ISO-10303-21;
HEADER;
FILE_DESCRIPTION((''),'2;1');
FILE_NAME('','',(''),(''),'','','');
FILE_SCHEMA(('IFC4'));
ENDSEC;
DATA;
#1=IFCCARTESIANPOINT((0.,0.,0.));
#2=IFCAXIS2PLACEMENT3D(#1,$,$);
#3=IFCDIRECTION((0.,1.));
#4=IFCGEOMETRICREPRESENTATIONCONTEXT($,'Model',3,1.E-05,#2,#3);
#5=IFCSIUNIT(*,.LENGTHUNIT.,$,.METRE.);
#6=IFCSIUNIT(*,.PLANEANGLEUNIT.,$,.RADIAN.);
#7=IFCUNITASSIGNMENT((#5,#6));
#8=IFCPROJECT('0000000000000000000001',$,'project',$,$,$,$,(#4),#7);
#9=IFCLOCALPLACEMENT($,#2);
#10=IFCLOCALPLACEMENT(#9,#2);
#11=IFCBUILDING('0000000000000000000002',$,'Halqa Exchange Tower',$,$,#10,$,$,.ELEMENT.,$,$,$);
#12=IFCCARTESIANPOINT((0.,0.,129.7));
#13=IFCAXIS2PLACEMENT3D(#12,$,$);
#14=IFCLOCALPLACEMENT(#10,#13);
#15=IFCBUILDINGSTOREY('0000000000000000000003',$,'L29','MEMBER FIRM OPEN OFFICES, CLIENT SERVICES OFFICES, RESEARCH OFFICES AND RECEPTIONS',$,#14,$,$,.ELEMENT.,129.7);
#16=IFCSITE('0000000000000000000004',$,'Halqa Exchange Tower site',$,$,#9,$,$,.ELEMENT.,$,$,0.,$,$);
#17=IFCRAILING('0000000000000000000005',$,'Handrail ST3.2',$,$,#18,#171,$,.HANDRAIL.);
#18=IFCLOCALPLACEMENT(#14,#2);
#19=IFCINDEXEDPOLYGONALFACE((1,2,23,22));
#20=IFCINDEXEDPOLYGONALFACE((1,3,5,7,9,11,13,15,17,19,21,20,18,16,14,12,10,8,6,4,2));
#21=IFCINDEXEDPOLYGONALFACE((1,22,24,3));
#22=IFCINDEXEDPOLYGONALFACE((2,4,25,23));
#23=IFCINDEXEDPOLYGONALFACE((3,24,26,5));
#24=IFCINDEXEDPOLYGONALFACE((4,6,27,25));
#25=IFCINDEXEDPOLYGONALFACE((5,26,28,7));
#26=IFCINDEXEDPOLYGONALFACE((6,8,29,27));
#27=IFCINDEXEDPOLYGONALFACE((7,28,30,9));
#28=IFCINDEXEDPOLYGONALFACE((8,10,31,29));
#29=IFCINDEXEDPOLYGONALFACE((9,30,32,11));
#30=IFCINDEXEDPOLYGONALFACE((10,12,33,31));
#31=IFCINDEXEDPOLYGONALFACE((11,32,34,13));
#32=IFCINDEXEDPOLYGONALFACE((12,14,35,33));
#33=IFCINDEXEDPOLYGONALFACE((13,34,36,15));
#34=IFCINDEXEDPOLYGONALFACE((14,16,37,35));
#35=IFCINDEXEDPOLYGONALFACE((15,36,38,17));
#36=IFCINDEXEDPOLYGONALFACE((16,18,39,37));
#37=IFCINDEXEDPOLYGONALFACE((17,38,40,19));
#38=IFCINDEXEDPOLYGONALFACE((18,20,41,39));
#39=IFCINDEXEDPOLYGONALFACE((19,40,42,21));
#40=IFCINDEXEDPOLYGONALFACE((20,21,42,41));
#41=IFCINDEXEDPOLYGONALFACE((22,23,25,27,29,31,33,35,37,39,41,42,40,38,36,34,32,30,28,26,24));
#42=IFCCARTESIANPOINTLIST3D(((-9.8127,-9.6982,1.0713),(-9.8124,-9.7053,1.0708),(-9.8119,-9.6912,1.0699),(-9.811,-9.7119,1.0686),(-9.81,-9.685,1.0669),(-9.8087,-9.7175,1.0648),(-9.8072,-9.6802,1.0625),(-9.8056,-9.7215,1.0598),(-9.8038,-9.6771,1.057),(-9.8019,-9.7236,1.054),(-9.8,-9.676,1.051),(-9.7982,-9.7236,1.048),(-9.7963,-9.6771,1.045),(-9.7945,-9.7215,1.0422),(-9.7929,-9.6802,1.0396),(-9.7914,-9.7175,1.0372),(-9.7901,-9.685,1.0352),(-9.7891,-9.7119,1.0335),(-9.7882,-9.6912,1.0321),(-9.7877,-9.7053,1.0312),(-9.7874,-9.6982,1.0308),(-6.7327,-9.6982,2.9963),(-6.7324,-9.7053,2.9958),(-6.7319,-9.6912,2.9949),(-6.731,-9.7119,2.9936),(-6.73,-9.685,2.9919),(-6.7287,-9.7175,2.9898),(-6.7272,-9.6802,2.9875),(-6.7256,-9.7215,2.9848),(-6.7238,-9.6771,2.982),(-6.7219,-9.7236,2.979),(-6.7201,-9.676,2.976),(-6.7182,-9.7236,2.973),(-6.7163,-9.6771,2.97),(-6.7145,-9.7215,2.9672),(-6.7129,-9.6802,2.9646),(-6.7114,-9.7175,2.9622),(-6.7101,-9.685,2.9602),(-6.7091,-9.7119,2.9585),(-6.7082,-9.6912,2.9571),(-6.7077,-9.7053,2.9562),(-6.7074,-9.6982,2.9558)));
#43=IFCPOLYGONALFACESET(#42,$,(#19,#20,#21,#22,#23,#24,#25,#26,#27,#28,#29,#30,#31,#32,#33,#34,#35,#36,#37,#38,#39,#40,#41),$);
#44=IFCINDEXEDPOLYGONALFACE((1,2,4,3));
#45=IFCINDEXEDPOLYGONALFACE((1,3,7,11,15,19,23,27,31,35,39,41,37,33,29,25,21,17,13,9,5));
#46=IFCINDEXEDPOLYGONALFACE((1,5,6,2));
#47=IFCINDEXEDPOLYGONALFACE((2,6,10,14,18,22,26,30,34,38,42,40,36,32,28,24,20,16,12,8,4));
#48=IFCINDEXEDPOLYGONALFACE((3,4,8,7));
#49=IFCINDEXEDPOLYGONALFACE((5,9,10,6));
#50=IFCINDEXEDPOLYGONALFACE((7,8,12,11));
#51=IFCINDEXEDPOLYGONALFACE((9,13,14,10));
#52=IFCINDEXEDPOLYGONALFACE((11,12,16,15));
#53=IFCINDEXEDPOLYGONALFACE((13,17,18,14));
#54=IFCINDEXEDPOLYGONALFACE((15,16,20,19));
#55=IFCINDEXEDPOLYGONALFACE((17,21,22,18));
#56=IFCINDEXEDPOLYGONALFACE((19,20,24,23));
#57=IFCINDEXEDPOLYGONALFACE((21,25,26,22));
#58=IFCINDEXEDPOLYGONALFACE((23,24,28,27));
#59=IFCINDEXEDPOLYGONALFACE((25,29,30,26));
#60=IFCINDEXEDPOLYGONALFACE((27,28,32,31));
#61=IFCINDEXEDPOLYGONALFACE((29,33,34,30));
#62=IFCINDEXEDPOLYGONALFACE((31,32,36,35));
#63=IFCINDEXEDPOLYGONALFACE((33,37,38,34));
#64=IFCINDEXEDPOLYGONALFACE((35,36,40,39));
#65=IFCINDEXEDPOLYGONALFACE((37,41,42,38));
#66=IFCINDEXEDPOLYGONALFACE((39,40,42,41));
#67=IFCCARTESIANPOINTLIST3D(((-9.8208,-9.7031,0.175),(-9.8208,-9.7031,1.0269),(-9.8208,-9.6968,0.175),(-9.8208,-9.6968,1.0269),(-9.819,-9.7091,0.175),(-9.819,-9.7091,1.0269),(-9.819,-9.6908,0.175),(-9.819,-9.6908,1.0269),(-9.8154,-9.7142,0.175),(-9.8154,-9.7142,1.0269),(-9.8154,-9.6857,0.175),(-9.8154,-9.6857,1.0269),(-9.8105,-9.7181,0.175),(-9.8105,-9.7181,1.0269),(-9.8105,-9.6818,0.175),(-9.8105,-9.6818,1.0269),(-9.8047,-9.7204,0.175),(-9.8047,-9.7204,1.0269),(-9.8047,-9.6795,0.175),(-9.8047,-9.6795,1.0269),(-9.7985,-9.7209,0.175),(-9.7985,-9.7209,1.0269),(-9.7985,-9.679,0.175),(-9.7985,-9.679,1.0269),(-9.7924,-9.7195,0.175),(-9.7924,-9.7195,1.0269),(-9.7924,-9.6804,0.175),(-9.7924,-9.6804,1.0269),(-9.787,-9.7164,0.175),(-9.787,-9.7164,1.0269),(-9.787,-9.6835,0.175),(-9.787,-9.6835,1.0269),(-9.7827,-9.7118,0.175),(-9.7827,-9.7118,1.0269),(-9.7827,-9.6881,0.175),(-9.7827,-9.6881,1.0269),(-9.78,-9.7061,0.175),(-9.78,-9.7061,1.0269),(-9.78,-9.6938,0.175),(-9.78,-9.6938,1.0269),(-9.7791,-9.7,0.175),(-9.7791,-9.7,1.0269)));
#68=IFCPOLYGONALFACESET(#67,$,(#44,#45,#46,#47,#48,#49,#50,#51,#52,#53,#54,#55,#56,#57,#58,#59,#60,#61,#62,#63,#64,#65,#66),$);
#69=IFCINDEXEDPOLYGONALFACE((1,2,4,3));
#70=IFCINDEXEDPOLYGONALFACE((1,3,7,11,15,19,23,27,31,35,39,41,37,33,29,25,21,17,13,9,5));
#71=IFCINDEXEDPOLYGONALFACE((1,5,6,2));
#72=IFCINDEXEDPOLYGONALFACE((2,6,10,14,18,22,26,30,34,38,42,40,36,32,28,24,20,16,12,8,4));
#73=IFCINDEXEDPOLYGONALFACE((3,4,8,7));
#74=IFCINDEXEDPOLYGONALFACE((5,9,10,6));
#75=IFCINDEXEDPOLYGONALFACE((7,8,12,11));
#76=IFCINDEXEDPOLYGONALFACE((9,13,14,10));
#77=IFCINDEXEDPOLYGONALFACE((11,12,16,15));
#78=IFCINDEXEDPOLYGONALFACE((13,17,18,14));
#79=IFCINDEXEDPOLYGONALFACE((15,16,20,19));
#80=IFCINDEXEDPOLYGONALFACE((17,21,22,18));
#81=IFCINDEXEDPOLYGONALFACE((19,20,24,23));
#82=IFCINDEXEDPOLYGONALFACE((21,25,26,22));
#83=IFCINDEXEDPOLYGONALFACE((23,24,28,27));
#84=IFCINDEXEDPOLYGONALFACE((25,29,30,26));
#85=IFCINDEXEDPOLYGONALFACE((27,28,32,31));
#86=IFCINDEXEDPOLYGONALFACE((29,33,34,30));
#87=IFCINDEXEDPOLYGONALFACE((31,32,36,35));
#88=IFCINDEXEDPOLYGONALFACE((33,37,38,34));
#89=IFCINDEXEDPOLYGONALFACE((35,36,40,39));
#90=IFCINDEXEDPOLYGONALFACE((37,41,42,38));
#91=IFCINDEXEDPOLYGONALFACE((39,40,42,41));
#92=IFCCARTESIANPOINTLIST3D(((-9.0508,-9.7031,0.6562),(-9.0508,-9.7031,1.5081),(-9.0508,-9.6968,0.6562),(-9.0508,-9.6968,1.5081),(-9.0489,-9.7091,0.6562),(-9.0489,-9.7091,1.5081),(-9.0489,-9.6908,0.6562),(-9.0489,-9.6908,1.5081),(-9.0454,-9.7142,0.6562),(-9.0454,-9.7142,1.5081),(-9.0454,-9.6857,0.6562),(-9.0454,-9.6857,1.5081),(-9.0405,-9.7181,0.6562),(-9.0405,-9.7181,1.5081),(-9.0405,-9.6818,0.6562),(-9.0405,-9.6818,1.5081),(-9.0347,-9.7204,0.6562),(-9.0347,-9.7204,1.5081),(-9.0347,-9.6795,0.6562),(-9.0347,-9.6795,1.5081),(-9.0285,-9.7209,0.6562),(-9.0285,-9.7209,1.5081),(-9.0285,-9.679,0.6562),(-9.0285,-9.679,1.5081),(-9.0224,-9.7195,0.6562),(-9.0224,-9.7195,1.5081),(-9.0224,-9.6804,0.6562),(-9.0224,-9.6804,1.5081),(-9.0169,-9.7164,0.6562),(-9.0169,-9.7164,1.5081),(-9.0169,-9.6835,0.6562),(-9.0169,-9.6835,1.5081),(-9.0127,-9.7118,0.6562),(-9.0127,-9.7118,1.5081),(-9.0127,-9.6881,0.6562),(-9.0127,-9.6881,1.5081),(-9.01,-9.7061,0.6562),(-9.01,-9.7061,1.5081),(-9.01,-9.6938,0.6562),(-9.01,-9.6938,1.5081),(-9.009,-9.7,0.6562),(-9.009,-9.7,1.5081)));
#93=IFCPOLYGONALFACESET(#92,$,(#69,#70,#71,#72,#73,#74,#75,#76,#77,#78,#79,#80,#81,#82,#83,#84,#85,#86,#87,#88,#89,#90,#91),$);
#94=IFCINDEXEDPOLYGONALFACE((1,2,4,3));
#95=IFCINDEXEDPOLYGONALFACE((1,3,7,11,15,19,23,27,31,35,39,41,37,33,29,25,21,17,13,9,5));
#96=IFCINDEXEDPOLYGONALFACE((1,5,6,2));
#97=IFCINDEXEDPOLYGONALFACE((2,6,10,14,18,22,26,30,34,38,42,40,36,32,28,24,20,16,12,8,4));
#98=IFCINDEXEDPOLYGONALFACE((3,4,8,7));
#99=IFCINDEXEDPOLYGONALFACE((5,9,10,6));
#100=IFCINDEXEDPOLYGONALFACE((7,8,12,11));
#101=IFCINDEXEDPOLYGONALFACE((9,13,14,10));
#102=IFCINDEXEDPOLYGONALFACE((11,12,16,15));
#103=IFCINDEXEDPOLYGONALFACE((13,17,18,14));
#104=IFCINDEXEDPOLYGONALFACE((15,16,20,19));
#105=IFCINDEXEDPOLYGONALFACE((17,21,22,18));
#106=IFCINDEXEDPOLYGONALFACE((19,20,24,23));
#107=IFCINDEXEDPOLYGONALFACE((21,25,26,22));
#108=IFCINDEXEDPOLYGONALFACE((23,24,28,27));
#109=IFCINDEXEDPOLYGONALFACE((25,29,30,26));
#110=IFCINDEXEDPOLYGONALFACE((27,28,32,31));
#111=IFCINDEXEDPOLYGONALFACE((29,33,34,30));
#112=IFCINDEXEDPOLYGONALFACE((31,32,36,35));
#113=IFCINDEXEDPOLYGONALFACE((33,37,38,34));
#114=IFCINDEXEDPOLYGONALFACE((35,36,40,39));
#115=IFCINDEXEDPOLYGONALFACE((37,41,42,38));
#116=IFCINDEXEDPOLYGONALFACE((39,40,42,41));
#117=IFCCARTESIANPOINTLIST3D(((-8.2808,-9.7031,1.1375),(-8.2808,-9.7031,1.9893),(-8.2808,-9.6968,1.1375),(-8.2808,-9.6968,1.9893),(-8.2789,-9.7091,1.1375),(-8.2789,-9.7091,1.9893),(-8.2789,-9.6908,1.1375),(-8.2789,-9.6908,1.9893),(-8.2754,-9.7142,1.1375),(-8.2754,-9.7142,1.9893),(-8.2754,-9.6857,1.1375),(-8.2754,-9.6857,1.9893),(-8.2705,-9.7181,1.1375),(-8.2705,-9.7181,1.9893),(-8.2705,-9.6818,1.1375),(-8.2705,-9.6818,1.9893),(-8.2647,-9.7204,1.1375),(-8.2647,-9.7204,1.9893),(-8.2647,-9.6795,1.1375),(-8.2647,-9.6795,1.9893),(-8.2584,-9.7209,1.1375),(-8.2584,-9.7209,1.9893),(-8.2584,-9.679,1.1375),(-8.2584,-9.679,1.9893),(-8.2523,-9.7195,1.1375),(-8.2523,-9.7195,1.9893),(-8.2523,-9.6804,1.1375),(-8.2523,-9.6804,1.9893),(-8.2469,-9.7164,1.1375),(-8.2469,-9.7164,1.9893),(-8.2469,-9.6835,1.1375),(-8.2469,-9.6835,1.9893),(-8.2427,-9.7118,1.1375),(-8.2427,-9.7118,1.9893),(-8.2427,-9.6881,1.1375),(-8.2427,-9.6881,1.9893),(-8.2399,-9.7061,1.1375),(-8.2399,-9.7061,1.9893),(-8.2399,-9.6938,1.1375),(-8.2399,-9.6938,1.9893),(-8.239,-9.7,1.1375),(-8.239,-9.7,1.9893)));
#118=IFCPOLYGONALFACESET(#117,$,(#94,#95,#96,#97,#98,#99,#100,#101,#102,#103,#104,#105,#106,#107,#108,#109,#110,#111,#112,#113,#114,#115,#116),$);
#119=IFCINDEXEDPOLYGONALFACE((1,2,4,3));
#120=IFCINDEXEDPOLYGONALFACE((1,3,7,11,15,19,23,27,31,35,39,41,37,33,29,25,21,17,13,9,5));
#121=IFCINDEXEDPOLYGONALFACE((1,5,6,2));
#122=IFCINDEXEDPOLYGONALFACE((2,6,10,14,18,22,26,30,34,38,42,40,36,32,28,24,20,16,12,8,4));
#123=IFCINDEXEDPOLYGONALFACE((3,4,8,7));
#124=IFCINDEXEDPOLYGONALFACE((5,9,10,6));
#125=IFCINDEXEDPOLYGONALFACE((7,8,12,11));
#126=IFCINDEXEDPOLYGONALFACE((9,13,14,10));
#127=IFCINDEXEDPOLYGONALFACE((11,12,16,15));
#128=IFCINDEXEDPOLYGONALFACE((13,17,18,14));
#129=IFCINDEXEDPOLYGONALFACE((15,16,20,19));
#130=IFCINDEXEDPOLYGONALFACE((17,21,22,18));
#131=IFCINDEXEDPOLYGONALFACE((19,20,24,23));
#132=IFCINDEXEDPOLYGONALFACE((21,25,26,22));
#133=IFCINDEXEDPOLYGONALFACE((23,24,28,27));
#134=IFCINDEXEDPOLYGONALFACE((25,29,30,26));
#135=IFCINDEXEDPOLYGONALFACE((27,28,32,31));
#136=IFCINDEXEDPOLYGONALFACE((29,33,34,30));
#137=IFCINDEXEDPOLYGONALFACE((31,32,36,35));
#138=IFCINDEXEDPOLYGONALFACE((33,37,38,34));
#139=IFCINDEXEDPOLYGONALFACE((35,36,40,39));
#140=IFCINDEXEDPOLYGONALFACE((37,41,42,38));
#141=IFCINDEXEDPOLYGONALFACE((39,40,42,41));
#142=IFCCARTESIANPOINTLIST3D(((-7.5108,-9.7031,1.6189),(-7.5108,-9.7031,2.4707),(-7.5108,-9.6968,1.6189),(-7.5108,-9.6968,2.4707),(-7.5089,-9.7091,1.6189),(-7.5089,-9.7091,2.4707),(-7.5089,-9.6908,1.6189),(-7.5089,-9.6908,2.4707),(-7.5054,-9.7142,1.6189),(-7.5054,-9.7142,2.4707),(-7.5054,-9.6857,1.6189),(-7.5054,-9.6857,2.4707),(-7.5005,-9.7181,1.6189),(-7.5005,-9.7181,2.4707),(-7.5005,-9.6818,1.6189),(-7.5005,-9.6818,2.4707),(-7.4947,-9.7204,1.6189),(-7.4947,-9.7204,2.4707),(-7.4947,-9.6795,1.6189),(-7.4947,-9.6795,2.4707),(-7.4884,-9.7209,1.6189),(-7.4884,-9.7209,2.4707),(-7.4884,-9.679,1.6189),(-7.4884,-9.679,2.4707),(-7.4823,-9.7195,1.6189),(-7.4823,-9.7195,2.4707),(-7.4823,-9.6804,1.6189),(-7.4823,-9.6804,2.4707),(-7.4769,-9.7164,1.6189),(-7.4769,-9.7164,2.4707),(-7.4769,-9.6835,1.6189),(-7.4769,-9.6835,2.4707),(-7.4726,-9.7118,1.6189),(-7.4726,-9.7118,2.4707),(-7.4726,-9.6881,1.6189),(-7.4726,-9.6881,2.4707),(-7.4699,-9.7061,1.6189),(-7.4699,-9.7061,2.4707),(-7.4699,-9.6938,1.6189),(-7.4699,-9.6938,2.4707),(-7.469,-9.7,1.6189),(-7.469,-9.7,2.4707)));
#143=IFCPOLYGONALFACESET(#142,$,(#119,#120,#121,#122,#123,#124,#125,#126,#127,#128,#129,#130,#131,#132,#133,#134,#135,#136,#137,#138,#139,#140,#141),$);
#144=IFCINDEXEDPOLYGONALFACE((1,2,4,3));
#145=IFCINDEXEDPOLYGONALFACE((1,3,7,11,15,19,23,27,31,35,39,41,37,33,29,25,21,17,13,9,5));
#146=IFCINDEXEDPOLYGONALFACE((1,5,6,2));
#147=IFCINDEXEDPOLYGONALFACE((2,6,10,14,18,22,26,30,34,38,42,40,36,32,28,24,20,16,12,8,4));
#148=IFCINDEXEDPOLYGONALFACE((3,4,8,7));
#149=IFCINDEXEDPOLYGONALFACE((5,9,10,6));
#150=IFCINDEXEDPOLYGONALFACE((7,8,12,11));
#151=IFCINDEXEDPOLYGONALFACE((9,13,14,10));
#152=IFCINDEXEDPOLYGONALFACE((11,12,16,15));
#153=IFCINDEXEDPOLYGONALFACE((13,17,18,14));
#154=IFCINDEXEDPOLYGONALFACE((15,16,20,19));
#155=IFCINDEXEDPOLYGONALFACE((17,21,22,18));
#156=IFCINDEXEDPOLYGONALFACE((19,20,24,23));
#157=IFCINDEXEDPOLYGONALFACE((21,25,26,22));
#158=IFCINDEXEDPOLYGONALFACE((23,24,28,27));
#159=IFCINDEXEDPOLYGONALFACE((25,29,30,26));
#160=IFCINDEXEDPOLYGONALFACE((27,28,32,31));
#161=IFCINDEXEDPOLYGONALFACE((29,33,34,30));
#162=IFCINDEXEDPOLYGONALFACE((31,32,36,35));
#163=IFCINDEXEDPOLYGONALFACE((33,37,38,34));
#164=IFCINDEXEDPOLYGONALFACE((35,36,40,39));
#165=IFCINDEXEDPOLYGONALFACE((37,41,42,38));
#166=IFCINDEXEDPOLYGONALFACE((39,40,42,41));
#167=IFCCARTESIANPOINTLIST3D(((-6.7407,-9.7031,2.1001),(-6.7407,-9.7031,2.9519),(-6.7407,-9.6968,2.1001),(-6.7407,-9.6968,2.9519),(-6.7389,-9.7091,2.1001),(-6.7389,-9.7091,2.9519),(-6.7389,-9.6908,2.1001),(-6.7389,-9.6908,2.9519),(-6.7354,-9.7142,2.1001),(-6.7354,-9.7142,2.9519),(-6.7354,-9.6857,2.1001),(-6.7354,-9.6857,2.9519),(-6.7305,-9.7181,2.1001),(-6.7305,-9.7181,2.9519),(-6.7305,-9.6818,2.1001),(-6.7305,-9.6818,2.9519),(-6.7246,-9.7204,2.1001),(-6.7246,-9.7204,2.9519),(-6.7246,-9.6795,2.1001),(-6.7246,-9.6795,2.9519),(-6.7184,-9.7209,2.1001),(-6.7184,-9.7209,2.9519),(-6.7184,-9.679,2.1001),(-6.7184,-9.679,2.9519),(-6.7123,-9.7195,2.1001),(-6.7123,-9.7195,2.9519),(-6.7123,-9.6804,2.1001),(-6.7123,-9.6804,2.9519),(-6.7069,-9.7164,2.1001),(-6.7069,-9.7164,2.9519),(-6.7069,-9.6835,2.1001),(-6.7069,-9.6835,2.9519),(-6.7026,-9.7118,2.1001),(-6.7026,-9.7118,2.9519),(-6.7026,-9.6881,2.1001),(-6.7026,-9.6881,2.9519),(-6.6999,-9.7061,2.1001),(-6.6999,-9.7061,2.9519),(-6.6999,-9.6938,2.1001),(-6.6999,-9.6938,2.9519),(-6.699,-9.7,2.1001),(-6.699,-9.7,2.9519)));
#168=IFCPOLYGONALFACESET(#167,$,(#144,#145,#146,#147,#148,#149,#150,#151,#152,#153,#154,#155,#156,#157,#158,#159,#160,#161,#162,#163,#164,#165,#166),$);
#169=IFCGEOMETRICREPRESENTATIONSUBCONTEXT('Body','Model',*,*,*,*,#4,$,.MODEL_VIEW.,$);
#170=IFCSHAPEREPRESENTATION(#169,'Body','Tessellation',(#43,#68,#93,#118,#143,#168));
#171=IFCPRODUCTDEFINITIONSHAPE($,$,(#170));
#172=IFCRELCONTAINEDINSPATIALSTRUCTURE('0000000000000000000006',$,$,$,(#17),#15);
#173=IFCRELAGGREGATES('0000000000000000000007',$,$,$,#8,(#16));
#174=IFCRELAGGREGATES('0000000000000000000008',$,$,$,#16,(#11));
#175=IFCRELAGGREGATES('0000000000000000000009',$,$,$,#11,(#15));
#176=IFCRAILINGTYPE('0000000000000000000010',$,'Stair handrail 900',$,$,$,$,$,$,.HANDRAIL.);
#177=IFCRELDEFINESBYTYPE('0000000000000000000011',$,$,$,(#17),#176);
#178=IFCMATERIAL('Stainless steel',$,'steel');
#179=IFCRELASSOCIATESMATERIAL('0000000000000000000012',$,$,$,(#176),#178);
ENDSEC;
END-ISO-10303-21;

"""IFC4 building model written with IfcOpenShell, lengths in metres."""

from ifc_helpers import new_model, si_unit, direction, frame, origin, origin_2d, place, context, subcontext, project, spatial, circle, extrude, material, type_object, element, save


model = new_model("IFC4")

# Units and contexts
model_context = context("Model", 3, precision=1e-05, world=origin(), true_north=direction((0.0, 1.0)))
body_context = subcontext(model_context, "Body", "Model", "MODEL_VIEW")
ifc_project = project(units=[si_unit("LENGTHUNIT", "METRE"), si_unit("PLANEANGLEUNIT", "RADIAN")], contexts=[model_context])

# Site, building, storey
site_placement = place(None, origin())
site = spatial("IfcSite", under=ifc_project, at=site_placement, Name="Halqa Exchange Tower site", CompositionType="ELEMENT", RefElevation=0.0)
building_placement = place(site_placement, origin())
building = spatial("IfcBuilding", under=site, at=building_placement, Name="Halqa Exchange Tower", CompositionType="ELEMENT")
storey_placement = place(building_placement, frame((0.0, 0.0, 129.7)))
storey = spatial("IfcBuildingStorey", under=building, at=storey_placement, Name="L29", Description="MEMBER FIRM OPEN OFFICES, CLIENT SERVICES OFFICES, RESEARCH OFFICES AND RECEPTIONS", CompositionType="ELEMENT", Elevation=129.7)

# Shared definitions
ifc_material_1 = material(Name="Stainless steel", Category="steel")

# Railing
railing_type_1 = type_object("IfcRailingType", Name="Stair handrail 900", PredefinedType="HANDRAIL", material=ifc_material_1)
railing_1_placement = place(storey_placement, frame((-9.8, -9.7, 0.175)))
element("IfcRailing", 1, at=railing_1_placement, inside=storey, type_object=railing_type_1, Name="Handrail ST3.2", PredefinedType="HANDRAIL", context=body_context, shape_type="SweptSolid", body=[
    extrude(circle(Radius=0.0239, at=origin_2d()), frame((0.0, 0.0, 0.876), z_axis=(0.847998, 0.0, 0.529999), x_axis=(0.0, 1.0, 0.0)), (0.0, 0.0, 1.0), 3.6321),
    extrude(circle(Radius=0.021, at=origin_2d()), origin(), (0.0, 0.0, 1.0), 0.8518),
    extrude(circle(Radius=0.021, at=origin_2d()), frame((0.77, 0.0, 0.4812)), (0.0, 0.0, 1.0), 0.8518),
    extrude(circle(Radius=0.021, at=origin_2d()), frame((1.54, 0.0, 0.9624)), (0.0, 0.0, 1.0), 0.8518),
    extrude(circle(Radius=0.021, at=origin_2d()), frame((2.3101, 0.0, 1.4438)), (0.0, 0.0, 1.0), 0.8518),
    extrude(circle(Radius=0.021, at=origin_2d()), frame((3.0801, 0.0, 1.925)), (0.0, 0.0, 1.0), 0.8518),
])

save(model, "model.ifc")
